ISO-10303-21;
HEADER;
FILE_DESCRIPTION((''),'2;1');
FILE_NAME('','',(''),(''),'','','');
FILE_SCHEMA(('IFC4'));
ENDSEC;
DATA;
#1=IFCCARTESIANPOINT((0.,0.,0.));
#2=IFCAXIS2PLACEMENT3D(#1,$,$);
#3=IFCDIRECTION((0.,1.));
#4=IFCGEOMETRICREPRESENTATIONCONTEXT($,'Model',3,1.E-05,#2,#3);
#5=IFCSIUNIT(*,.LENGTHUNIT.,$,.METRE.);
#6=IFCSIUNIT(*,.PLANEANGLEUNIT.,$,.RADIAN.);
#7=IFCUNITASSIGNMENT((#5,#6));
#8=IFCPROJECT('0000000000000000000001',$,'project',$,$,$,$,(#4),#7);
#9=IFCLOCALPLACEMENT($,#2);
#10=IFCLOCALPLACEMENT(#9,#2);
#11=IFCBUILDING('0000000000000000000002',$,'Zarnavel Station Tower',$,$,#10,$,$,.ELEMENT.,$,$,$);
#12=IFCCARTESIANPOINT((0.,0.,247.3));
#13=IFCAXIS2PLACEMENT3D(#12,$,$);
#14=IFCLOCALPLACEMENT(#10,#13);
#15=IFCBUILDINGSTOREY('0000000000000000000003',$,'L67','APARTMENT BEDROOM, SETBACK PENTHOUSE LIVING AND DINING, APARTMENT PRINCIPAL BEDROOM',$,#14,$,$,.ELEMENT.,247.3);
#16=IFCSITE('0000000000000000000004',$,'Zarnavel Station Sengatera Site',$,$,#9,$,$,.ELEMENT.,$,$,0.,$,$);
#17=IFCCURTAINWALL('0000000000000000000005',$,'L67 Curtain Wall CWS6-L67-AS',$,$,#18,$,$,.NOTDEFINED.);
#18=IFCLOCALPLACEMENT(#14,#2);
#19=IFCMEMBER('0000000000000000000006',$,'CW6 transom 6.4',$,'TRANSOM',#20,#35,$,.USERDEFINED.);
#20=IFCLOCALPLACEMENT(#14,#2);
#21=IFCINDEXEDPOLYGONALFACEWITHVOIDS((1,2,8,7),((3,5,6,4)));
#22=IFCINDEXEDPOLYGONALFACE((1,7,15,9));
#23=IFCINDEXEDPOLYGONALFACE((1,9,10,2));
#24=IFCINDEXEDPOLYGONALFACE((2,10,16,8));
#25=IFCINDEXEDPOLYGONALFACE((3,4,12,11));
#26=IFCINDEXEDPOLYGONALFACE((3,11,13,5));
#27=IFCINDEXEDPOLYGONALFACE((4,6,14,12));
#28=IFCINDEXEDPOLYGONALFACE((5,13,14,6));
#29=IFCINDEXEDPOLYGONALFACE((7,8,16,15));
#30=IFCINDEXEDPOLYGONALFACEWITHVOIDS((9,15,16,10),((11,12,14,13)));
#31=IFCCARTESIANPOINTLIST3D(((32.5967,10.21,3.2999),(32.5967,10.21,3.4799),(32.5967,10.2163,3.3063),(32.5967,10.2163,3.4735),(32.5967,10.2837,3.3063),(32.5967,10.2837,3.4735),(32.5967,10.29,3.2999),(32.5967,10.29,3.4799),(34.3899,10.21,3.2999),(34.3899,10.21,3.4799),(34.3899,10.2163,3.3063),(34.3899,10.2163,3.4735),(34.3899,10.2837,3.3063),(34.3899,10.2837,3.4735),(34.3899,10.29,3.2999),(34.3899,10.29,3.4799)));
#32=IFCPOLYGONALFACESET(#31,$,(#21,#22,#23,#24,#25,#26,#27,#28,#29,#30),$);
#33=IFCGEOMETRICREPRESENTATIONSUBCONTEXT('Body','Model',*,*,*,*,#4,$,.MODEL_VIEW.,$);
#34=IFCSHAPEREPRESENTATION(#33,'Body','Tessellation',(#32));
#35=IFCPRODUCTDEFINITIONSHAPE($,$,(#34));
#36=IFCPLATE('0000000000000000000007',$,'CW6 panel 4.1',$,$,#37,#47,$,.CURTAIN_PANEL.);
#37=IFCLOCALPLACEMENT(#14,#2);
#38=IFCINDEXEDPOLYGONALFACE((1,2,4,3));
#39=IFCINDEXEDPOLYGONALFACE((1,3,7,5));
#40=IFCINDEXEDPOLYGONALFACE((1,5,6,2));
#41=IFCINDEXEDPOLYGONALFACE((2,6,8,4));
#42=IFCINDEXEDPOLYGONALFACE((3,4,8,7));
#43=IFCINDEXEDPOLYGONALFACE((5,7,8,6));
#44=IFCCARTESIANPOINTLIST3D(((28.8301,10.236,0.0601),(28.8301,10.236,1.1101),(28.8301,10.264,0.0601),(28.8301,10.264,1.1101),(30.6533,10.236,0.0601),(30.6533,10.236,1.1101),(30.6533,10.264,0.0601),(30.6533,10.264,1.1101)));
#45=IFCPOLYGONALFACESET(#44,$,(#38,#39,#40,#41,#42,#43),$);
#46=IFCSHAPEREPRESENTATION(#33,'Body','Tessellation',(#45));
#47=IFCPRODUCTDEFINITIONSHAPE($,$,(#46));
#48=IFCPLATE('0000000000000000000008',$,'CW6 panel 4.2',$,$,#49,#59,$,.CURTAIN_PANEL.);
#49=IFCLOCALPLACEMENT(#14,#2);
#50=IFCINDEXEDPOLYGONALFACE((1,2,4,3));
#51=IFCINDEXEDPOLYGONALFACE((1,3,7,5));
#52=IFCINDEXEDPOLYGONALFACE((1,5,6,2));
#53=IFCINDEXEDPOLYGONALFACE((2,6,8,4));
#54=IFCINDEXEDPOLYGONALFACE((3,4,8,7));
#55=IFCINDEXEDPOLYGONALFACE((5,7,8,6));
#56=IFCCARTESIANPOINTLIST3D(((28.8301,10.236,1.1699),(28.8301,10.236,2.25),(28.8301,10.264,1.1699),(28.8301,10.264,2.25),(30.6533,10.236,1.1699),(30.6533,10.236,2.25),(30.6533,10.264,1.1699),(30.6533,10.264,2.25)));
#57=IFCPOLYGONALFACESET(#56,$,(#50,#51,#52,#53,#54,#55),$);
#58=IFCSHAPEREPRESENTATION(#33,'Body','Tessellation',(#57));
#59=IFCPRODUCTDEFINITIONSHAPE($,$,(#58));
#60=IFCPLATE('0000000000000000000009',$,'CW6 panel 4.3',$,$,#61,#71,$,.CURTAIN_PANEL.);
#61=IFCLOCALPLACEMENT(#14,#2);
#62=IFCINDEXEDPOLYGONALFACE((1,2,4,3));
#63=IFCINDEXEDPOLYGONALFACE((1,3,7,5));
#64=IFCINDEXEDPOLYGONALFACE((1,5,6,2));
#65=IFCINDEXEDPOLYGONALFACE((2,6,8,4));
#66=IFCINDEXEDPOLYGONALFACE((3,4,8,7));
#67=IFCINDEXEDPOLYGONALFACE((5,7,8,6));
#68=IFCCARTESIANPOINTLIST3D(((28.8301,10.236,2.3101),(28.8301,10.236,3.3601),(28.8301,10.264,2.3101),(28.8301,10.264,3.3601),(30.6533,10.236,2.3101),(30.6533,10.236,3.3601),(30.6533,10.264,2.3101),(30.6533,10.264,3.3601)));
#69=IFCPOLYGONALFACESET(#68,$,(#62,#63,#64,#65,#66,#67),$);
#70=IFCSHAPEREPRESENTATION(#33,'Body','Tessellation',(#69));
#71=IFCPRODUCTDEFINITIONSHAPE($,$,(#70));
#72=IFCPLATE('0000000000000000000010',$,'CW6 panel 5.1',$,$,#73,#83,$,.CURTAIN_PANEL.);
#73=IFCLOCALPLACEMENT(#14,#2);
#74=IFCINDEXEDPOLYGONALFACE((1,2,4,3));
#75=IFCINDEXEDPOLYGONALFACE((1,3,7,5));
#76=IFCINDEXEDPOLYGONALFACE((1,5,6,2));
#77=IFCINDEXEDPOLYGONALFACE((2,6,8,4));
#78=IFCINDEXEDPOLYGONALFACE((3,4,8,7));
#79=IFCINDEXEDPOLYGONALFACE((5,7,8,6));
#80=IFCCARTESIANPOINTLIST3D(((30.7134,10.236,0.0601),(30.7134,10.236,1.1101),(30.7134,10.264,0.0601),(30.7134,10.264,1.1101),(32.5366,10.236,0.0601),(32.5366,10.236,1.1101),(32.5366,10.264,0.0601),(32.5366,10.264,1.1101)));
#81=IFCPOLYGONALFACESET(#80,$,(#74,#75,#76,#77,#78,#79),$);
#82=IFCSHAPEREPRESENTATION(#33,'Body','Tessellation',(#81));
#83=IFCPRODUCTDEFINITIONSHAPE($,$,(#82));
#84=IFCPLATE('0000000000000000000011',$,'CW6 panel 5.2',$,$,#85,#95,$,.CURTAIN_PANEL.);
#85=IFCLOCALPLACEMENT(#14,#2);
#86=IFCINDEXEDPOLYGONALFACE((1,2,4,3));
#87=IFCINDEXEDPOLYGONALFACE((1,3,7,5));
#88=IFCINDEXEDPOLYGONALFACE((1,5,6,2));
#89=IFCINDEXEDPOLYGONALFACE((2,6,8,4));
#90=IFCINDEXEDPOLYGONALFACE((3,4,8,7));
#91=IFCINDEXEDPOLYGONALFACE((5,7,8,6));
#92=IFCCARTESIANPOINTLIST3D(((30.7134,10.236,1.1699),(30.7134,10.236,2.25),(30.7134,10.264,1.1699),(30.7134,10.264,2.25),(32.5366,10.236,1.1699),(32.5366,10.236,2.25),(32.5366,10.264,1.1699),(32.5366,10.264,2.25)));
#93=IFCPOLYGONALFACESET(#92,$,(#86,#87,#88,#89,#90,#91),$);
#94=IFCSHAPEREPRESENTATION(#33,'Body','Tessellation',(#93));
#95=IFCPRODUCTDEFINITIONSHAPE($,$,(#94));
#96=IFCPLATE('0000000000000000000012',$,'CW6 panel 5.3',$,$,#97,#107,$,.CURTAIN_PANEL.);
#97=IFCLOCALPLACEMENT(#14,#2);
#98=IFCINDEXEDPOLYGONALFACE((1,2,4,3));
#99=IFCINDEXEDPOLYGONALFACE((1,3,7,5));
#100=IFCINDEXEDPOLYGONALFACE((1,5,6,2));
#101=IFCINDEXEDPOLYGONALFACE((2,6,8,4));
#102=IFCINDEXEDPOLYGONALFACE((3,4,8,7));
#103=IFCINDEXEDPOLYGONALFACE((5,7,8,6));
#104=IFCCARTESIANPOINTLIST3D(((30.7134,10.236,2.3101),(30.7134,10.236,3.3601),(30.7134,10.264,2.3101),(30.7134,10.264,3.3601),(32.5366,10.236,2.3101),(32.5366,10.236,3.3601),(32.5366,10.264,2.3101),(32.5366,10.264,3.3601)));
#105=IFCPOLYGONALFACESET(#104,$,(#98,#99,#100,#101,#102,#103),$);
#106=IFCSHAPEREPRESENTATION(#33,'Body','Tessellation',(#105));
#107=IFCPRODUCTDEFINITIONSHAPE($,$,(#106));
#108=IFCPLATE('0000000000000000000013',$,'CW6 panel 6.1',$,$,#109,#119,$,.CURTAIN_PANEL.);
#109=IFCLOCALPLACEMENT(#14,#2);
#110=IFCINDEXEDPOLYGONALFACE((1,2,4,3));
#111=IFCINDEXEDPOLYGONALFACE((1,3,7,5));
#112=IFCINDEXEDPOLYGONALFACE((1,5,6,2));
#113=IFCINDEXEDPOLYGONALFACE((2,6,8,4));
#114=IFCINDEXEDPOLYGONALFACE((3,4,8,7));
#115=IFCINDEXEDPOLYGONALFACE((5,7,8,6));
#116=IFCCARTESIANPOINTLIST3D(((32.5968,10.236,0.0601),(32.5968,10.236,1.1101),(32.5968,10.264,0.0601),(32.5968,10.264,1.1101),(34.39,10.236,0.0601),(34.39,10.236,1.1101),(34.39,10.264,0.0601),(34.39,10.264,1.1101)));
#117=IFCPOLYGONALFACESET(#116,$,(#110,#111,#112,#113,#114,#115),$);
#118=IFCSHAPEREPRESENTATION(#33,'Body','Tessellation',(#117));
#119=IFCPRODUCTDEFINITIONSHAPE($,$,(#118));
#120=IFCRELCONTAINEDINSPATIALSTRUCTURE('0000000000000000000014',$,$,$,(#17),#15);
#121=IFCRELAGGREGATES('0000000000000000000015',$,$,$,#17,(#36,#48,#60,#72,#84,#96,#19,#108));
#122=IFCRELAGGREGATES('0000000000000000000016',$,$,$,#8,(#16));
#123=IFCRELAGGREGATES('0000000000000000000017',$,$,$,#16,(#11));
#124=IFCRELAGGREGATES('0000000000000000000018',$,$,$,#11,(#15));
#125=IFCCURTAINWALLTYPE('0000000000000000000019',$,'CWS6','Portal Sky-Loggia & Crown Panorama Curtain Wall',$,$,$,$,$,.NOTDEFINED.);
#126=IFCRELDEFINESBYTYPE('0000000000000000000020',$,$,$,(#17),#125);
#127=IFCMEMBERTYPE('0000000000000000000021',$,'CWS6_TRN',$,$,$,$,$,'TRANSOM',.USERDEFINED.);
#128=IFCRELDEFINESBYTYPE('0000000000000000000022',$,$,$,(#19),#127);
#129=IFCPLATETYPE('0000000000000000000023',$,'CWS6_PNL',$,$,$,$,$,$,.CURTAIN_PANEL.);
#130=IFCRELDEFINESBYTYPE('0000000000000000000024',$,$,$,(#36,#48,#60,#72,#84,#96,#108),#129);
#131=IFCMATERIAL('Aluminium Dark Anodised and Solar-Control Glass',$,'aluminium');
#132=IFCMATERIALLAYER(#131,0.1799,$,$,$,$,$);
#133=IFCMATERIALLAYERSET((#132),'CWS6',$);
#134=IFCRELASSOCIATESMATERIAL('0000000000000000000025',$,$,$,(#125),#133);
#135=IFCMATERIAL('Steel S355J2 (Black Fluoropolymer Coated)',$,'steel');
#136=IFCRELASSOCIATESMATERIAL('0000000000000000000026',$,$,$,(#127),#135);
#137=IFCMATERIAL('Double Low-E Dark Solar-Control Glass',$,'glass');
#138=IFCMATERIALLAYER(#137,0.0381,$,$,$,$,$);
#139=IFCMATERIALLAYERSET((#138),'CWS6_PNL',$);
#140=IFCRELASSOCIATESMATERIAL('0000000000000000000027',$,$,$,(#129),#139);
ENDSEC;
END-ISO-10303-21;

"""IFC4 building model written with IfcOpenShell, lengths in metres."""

from ifc_helpers import new_model, si_unit, direction, frame, origin, origin_2d, place, context, subcontext, project, spatial, rectangle, hollow_rectangle, extrude, material, layer, layer_set, material_profile, profile_set, type_object, element, aggregate, save


model = new_model("IFC4")

# Units and contexts
model_context = context("Model", 3, precision=1e-05, world=origin(), true_north=direction((0.0, 1.0)))
body_context = subcontext(model_context, "Body", "Model", "MODEL_VIEW")
ifc_project = project(units=[si_unit("LENGTHUNIT", "METRE"), si_unit("PLANEANGLEUNIT", "RADIAN")], contexts=[model_context])

# Site, building, storey
site_placement = place(None, origin())
site = spatial("IfcSite", under=ifc_project, at=site_placement, Name="Zarnavel Station Sengatera Site", CompositionType="ELEMENT", RefElevation=0.0)
building_placement = place(site_placement, origin())
building = spatial("IfcBuilding", under=site, at=building_placement, Name="Zarnavel Station Tower", CompositionType="ELEMENT")
storey_placement = place(building_placement, frame((0.0, 0.0, 247.3)))
storey = spatial("IfcBuildingStorey", under=building, at=storey_placement, Name="L67", Description="APARTMENT BEDROOM, SETBACK PENTHOUSE LIVING AND DINING, APARTMENT PRINCIPAL BEDROOM", CompositionType="ELEMENT", Elevation=247.3)

# Curtain wall, member, plates
ifc_material_1 = material(Name="Aluminium Dark Anodised and Solar-Control Glass", Category="aluminium")
ifc_layer_1 = layer(ifc_material_1, 0.1799)
ifc_layer_set_1 = layer_set([ifc_layer_1], Name="CWS6")
curtain_wall_type = type_object("IfcCurtainWallType", Name="CWS6", Description="Portal Sky-Loggia & Crown Panorama Curtain Wall", PredefinedType="NOTDEFINED", material=ifc_layer_set_1)
curtain_wall_placement = place(storey_placement, origin())
curtain_wall = element("IfcCurtainWall", 1, at=curtain_wall_placement, inside=storey, type_object=curtain_wall_type, Name="L67 Curtain Wall CWS6-L67-AS", PredefinedType="NOTDEFINED")
ifc_material_2 = material(Name="Steel S355J2 (Black Fluoropolymer Coated)", Category="steel")
ifc_material_profile_1 = material_profile(ifc_material_2, hollow_rectangle(XDim=0.0801, YDim=0.1799, WallThickness=0.0063, at=origin_2d()), Name="RHS180x80x6.3")
ifc_profile_set_1 = profile_set([ifc_material_profile_1], Name="Steel S355J2 (Black Fluoropolymer Coated)")
member_type_1 = type_object("IfcMemberType", Name="CWS6_TRN", ElementType="TRANSOM", PredefinedType="USERDEFINED", material=ifc_profile_set_1)
member_1_placement = place(storey_placement, frame((32.5967, 10.25, 3.3899), z_axis=(1.0, 0.0, 0.0), x_axis=(0.0, 1.0, 0.0)))
member_1 = element("IfcMember", 2, at=member_1_placement, type_object=member_type_1, Name="CW6 transom 6.4", ObjectType="TRANSOM", PredefinedType="USERDEFINED", context=body_context, shape_type="SweptSolid", body=[
    extrude(hollow_rectangle(XDim=0.0801, YDim=0.1799, WallThickness=0.0063, at=origin_2d()), origin(), (0.0, 0.0, 1.0), 1.7932),
])
ifc_material_3 = material(Name="Double Low-E Dark Solar-Control Glass", Category="glass")
ifc_layer_2 = layer(ifc_material_3, 0.0381)
ifc_layer_set_2 = layer_set([ifc_layer_2], Name="CWS6_PNL")
plate_type = type_object("IfcPlateType", Name="CWS6_PNL", PredefinedType="CURTAIN_PANEL", material=ifc_layer_set_2)
plate_1_placement = place(storey_placement, frame((29.7417, 10.25, 0.0601), z_axis=(0.0, 0.0, 1.0), x_axis=(1.0, 0.0, 0.0)))
plate_1 = element("IfcPlate", 3, at=plate_1_placement, type_object=plate_type, Name="CW6 panel 4.1", PredefinedType="CURTAIN_PANEL", context=body_context, shape_type="SweptSolid", body=[
    extrude(rectangle(XDim=1.8232, YDim=0.0281, at=origin_2d()), origin(), (0.0, 0.0, 1.0), 1.05),
])
plate_2_placement = place(storey_placement, frame((29.7417, 10.25, 1.1699), z_axis=(0.0, 0.0, 1.0), x_axis=(1.0, 0.0, 0.0)))
plate_2 = element("IfcPlate", 4, at=plate_2_placement, type_object=plate_type, Name="CW6 panel 4.2", PredefinedType="CURTAIN_PANEL", context=body_context, shape_type="SweptSolid", body=[
    extrude(rectangle(XDim=1.8232, YDim=0.0281, at=origin_2d()), origin(), (0.0, 0.0, 1.0), 1.0801),
])
plate_3_placement = place(storey_placement, frame((29.7417, 10.25, 2.3101), z_axis=(0.0, 0.0, 1.0), x_axis=(1.0, 0.0, 0.0)))
plate_3 = element("IfcPlate", 5, at=plate_3_placement, type_object=plate_type, Name="CW6 panel 4.3", PredefinedType="CURTAIN_PANEL", context=body_context, shape_type="SweptSolid", body=[
    extrude(rectangle(XDim=1.8232, YDim=0.0281, at=origin_2d()), origin(), (0.0, 0.0, 1.0), 1.05),
])
plate_4_placement = place(storey_placement, frame((31.625, 10.25, 0.0601), z_axis=(0.0, 0.0, 1.0), x_axis=(1.0, 0.0, 0.0)))
plate_4 = element("IfcPlate", 6, at=plate_4_placement, type_object=plate_type, Name="CW6 panel 5.1", PredefinedType="CURTAIN_PANEL", context=body_context, shape_type="SweptSolid", body=[
    extrude(rectangle(XDim=1.8232, YDim=0.0281, at=origin_2d()), origin(), (0.0, 0.0, 1.0), 1.05),
])
plate_5_placement = place(storey_placement, frame((31.625, 10.25, 1.1699), z_axis=(0.0, 0.0, 1.0), x_axis=(1.0, 0.0, 0.0)))
plate_5 = element("IfcPlate", 7, at=plate_5_placement, type_object=plate_type, Name="CW6 panel 5.2", PredefinedType="CURTAIN_PANEL", context=body_context, shape_type="SweptSolid", body=[
    extrude(rectangle(XDim=1.8232, YDim=0.0281, at=origin_2d()), origin(), (0.0, 0.0, 1.0), 1.0801),
])
plate_6_placement = place(storey_placement, frame((31.625, 10.25, 2.3101), z_axis=(0.0, 0.0, 1.0), x_axis=(1.0, 0.0, 0.0)))
plate_6 = element("IfcPlate", 8, at=plate_6_placement, type_object=plate_type, Name="CW6 panel 5.3", PredefinedType="CURTAIN_PANEL", context=body_context, shape_type="SweptSolid", body=[
    extrude(rectangle(XDim=1.8232, YDim=0.0281, at=origin_2d()), origin(), (0.0, 0.0, 1.0), 1.05),
])
plate_7_placement = place(storey_placement, frame((33.4934, 10.25, 0.0601), z_axis=(0.0, 0.0, 1.0), x_axis=(1.0, 0.0, 0.0)))
plate_7 = element("IfcPlate", 9, at=plate_7_placement, type_object=plate_type, Name="CW6 panel 6.1", PredefinedType="CURTAIN_PANEL", context=body_context, shape_type="SweptSolid", body=[
    extrude(rectangle(XDim=1.7932, YDim=0.0281, at=origin_2d()), origin(), (0.0, 0.0, 1.0), 1.05),
])
aggregate(curtain_wall, [plate_1, plate_2, plate_3, plate_4, plate_5, plate_6, member_1, plate_7])

save(model, "model.ifc")
